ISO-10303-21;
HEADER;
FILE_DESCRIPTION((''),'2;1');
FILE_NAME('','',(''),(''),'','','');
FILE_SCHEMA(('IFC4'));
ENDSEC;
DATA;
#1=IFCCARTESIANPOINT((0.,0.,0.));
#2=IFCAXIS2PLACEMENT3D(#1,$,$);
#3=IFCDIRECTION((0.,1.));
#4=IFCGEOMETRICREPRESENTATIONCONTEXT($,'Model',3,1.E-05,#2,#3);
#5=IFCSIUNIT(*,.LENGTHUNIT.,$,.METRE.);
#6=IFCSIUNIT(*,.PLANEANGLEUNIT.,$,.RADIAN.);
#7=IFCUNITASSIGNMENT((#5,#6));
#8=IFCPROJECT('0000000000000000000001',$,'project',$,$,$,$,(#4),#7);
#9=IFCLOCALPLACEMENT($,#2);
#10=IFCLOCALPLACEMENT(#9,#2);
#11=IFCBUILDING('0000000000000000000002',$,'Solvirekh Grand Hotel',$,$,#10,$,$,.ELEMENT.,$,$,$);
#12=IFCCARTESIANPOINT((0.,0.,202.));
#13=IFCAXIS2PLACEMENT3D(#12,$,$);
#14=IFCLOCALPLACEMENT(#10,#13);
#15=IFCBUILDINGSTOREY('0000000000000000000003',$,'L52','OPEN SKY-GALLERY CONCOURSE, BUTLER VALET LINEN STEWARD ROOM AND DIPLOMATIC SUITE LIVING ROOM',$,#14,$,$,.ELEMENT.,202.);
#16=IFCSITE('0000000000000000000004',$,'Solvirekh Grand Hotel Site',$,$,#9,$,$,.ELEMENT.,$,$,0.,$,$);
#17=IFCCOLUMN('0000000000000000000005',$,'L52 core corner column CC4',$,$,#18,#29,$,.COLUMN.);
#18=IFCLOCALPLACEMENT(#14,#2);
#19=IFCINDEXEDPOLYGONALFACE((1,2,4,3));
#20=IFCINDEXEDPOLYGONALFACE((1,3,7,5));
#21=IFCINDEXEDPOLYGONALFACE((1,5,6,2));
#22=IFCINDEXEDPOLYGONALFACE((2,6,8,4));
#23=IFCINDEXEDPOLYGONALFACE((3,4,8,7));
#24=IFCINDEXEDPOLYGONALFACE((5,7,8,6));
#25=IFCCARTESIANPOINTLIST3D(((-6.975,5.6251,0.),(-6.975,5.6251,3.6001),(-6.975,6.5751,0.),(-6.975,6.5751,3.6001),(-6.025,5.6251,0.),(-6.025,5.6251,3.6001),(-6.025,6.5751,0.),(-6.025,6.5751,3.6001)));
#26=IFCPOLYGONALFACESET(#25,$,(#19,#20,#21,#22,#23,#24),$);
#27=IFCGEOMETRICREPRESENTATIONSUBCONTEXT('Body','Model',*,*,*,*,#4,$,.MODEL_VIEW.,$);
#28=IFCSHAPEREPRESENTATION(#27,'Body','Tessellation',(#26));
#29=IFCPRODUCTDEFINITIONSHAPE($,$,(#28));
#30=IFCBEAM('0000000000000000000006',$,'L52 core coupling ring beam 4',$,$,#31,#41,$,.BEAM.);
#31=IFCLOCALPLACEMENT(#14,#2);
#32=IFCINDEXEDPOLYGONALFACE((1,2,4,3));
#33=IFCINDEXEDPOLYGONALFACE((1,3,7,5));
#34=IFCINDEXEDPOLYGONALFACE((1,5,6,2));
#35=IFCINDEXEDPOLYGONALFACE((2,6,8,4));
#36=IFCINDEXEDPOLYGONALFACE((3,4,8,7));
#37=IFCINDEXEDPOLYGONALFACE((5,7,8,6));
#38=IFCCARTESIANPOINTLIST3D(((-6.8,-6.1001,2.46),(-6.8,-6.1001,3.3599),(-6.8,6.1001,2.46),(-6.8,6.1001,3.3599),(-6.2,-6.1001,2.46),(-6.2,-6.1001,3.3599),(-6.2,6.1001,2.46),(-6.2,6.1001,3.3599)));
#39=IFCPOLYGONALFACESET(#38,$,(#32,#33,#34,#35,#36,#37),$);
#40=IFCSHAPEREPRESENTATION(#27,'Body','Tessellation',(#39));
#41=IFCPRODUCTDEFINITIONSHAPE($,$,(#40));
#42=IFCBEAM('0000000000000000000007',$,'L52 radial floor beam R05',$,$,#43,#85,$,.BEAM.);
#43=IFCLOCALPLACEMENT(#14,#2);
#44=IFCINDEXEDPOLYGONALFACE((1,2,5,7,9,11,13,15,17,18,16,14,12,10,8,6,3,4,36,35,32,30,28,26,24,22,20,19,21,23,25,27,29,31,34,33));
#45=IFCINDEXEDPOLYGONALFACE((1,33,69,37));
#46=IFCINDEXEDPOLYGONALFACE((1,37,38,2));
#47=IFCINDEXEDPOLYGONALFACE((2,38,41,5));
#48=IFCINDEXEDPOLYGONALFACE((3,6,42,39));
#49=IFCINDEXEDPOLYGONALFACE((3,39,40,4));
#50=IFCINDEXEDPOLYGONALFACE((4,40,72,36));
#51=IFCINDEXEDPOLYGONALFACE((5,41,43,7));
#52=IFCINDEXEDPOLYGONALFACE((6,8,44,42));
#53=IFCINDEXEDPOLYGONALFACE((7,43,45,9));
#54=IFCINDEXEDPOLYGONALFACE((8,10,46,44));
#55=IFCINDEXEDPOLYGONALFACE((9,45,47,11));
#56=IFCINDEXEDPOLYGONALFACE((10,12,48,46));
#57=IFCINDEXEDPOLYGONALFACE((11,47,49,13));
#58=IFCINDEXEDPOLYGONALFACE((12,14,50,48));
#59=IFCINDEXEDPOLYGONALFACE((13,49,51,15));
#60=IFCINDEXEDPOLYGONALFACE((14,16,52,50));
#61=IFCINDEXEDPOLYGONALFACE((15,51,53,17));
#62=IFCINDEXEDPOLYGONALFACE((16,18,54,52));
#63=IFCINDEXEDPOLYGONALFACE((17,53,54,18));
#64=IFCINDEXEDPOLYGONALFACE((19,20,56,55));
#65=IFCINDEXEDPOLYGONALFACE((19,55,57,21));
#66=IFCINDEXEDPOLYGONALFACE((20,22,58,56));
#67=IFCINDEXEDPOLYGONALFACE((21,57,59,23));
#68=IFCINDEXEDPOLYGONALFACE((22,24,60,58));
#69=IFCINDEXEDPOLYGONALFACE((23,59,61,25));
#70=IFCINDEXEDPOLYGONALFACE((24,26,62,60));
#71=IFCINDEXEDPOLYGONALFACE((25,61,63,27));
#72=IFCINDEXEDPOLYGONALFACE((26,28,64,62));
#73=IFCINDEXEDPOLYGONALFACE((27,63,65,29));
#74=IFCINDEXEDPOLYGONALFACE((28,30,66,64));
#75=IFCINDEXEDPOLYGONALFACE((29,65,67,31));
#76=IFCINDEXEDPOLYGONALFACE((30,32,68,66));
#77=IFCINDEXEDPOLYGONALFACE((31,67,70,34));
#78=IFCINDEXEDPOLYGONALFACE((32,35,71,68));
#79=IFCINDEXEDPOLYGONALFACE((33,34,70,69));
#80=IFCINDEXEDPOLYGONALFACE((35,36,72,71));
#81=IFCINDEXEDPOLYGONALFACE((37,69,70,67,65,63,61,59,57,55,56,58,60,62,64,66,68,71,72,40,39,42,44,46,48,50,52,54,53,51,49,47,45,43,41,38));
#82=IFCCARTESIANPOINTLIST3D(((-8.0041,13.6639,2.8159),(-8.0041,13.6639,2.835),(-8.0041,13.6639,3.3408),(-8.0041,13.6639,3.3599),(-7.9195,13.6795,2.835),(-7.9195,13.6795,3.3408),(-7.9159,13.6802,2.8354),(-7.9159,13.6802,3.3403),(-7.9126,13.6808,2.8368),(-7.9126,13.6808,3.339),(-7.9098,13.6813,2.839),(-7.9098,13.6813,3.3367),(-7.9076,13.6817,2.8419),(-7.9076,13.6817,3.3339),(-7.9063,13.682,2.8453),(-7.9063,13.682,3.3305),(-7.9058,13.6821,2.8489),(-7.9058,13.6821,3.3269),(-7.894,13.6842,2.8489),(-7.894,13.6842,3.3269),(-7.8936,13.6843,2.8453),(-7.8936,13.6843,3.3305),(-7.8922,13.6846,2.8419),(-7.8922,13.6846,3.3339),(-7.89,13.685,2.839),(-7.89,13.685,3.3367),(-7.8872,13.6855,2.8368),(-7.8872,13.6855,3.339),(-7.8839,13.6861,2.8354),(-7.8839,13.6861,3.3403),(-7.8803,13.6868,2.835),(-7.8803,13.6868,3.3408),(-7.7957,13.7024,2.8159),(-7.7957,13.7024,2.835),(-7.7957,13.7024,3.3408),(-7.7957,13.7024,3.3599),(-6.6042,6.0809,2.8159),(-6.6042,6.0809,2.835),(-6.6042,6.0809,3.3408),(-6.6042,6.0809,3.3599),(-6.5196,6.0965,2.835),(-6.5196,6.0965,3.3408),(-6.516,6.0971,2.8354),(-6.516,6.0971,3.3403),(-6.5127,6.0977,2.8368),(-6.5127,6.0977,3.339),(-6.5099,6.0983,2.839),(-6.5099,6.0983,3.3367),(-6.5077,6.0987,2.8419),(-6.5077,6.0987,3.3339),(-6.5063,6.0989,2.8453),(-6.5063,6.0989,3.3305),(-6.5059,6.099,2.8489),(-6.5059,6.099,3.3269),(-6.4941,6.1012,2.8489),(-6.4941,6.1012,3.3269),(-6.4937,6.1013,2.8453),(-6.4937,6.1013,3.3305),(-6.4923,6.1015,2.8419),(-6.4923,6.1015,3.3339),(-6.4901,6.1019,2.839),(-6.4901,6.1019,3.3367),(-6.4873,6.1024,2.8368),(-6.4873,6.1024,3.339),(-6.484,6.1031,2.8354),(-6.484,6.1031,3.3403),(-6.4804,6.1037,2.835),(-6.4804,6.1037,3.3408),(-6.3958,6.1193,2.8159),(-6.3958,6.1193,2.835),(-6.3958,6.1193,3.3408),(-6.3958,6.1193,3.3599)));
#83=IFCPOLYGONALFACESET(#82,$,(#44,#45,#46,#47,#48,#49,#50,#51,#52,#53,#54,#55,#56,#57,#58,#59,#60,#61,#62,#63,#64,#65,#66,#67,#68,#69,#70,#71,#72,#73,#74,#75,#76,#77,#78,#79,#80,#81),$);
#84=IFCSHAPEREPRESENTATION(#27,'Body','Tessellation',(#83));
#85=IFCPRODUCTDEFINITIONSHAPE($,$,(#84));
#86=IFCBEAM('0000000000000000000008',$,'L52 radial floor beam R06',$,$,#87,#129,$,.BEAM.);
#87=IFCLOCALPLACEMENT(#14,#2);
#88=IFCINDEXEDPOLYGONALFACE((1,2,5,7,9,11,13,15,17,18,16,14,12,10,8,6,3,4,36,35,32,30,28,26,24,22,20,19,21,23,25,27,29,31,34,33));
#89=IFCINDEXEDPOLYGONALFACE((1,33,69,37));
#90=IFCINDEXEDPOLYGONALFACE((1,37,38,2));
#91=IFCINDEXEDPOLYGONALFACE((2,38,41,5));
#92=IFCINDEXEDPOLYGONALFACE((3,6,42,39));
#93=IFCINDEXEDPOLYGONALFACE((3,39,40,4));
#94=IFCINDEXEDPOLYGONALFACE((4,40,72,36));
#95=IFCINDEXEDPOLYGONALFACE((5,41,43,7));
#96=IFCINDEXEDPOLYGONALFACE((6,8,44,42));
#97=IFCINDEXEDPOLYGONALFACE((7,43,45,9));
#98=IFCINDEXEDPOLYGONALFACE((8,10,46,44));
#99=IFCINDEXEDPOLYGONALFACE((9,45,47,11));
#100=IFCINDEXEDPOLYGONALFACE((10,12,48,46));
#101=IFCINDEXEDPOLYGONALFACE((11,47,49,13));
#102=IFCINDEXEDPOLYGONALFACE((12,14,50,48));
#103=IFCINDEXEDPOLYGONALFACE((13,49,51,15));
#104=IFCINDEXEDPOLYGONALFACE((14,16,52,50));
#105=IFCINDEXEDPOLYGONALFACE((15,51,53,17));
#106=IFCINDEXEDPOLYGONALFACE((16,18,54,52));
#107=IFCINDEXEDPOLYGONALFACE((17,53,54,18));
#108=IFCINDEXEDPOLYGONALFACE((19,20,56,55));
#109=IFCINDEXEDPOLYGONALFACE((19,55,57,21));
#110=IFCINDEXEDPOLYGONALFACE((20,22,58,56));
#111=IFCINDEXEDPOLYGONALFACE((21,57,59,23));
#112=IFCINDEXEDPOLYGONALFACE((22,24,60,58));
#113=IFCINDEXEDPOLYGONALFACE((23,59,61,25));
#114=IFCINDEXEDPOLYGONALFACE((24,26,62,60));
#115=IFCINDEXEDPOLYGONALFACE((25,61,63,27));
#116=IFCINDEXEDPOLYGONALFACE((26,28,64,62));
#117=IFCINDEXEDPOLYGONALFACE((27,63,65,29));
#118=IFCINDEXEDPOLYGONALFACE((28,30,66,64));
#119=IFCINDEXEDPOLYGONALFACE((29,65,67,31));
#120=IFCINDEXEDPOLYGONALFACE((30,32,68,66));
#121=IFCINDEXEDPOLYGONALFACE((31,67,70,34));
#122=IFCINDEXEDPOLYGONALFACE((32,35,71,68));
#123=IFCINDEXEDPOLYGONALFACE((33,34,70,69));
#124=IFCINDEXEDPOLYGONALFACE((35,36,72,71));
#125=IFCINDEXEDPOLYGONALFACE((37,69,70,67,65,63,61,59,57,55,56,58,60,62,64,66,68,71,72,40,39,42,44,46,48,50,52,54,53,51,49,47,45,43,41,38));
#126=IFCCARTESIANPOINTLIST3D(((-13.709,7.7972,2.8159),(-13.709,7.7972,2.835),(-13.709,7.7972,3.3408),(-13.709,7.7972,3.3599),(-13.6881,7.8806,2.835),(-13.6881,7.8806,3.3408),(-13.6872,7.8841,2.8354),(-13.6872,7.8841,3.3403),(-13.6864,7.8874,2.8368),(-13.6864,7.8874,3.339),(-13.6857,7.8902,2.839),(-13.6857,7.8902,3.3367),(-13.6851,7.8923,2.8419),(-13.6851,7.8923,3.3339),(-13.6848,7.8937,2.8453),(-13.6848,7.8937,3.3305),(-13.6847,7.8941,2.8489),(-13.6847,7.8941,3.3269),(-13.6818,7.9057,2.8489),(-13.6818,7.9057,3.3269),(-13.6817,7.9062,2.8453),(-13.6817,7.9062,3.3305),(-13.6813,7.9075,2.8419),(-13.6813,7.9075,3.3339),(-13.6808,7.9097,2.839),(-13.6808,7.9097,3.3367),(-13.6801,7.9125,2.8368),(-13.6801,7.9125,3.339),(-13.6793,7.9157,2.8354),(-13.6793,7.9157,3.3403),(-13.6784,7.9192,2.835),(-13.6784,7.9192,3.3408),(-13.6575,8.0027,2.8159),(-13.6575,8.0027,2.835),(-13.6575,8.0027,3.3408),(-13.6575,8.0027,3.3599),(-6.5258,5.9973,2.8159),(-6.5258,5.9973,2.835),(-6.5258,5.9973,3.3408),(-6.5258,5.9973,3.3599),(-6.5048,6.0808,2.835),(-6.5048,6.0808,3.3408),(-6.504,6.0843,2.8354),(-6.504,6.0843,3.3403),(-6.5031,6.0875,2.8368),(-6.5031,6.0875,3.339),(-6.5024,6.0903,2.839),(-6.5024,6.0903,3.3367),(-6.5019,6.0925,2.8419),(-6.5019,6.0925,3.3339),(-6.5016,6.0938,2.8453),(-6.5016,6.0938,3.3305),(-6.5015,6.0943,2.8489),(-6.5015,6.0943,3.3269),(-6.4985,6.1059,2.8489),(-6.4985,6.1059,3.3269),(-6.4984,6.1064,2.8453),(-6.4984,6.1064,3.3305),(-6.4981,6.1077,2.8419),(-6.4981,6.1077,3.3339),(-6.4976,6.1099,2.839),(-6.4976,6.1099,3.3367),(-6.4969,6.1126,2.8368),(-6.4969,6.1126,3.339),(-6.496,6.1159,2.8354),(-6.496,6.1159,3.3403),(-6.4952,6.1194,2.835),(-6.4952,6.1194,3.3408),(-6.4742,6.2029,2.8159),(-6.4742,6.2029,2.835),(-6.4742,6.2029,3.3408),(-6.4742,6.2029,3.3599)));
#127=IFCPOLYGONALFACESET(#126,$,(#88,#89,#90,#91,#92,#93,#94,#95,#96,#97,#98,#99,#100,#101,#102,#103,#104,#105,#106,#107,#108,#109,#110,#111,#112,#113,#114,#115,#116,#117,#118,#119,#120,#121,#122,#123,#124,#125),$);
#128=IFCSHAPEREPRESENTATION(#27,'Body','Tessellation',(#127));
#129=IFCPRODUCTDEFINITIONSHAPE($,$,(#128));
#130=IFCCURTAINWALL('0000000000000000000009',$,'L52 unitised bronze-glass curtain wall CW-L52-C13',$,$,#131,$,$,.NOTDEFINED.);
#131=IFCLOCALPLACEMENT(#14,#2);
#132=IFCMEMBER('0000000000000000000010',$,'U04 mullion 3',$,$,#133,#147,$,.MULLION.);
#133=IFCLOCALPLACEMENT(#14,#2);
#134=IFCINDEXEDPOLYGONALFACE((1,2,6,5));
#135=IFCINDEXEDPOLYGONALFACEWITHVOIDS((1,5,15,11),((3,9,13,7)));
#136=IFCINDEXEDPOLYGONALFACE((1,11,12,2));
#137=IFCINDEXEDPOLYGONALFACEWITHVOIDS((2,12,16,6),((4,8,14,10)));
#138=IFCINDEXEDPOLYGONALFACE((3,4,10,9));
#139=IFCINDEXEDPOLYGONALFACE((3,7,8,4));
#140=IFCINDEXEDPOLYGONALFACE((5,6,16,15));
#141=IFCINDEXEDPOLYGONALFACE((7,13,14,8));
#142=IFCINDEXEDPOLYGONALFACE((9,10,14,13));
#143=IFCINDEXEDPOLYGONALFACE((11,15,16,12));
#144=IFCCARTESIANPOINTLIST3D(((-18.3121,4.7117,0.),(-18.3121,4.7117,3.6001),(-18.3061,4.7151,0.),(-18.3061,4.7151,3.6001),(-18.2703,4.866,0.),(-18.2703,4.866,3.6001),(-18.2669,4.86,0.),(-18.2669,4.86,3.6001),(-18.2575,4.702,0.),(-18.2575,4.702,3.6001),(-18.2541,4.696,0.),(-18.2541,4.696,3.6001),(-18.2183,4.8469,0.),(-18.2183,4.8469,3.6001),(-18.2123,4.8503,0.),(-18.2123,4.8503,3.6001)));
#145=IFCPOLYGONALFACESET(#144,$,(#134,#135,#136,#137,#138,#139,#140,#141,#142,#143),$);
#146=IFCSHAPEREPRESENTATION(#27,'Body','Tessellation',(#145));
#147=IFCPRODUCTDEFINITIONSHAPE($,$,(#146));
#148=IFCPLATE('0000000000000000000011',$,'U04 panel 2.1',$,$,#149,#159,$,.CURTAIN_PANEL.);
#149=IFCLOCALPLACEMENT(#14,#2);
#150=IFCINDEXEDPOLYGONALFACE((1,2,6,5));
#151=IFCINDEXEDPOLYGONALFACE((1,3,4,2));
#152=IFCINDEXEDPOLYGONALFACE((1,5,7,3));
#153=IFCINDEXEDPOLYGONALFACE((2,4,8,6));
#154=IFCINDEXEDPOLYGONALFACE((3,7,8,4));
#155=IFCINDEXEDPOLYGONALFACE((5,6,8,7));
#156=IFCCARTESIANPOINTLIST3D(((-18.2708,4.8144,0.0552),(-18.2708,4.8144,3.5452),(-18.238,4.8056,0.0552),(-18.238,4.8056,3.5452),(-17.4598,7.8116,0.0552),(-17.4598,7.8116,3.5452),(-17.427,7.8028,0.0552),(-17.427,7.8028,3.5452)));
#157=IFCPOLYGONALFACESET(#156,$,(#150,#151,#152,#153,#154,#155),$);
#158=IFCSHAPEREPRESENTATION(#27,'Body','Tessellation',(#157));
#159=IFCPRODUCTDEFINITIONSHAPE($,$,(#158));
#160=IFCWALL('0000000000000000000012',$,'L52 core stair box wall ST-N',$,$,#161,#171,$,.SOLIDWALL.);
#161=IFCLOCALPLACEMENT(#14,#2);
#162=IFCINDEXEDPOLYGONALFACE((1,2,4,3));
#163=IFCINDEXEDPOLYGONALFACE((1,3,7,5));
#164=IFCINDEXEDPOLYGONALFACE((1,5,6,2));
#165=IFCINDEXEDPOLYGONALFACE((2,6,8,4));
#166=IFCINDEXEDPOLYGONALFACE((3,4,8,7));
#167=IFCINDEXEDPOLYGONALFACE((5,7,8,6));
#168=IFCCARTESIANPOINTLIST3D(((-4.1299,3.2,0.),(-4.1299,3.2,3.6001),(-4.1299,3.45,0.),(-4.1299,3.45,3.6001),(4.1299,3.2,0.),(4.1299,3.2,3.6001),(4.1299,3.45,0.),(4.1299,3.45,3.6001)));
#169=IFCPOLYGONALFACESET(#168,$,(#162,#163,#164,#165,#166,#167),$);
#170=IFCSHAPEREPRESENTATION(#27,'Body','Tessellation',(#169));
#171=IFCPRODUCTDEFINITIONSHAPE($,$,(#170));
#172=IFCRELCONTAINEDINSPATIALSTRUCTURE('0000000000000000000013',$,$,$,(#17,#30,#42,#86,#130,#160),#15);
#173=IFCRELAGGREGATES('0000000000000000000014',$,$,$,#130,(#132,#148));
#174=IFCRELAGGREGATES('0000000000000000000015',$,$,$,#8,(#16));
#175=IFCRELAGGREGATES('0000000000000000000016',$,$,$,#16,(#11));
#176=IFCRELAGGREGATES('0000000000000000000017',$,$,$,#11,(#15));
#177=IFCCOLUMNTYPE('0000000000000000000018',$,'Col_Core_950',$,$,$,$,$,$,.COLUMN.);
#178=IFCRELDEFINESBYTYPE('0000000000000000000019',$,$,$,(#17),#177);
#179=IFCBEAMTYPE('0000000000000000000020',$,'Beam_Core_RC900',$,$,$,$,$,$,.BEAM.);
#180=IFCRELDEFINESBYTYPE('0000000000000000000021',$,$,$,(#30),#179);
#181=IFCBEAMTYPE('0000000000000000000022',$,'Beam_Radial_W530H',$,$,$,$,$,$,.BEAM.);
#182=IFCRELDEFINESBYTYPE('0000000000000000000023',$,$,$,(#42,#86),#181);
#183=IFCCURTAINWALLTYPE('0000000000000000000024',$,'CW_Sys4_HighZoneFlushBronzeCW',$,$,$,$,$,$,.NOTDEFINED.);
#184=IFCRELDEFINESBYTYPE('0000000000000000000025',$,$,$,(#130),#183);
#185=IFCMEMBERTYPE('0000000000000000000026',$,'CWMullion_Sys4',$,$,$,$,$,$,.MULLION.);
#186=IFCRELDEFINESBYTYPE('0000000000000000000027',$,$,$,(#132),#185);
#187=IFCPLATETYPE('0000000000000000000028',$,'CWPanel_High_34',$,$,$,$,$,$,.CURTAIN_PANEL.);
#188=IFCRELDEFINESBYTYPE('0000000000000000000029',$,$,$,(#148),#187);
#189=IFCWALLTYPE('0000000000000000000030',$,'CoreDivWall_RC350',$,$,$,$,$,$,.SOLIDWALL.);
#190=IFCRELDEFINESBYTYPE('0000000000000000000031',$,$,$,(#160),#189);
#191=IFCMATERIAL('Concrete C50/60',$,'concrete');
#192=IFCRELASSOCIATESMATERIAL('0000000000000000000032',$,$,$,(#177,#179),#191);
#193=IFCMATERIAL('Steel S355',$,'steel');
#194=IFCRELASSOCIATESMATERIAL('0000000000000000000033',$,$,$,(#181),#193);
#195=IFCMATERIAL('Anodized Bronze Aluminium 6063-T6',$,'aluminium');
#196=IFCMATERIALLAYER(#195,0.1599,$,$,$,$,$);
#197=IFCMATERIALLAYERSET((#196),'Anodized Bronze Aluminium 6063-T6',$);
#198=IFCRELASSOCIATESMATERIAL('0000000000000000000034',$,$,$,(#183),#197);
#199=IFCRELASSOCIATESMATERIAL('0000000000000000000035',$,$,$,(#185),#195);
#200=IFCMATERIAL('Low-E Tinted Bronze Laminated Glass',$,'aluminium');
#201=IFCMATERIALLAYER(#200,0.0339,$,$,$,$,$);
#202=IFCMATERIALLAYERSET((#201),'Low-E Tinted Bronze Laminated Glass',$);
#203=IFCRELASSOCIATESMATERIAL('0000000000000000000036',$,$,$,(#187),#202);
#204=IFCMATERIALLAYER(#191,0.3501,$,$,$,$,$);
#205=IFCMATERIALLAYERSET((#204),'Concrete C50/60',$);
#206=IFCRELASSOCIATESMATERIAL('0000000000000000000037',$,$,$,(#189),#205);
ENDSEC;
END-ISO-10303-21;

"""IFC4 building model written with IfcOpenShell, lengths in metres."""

from ifc_helpers import new_model, si_unit, direction, frame, frame_2d, origin, origin_2d, place, context, subcontext, project, spatial, rectangle, hollow_rectangle, i_section, extrude, source, transform, mapped, material, layer, layer_set, material_profile, profile_set, type_object, element, aggregate, save


model = new_model("IFC4")

# Units and contexts
model_context = context("Model", 3, precision=1e-05, world=origin(), true_north=direction((0.0, 1.0)))
body_context = subcontext(model_context, "Body", "Model", "MODEL_VIEW")
ifc_project = project(units=[si_unit("LENGTHUNIT", "METRE"), si_unit("PLANEANGLEUNIT", "RADIAN")], contexts=[model_context])

# Site, building, storey
site_placement = place(None, origin())
site = spatial("IfcSite", under=ifc_project, at=site_placement, Name="Solvirekh Grand Hotel Site", CompositionType="ELEMENT", RefElevation=0.0)
building_placement = place(site_placement, origin())
building = spatial("IfcBuilding", under=site, at=building_placement, Name="Solvirekh Grand Hotel", CompositionType="ELEMENT")
storey_placement = place(building_placement, frame((0.0, 0.0, 202.0)))
storey = spatial("IfcBuildingStorey", under=building, at=storey_placement, Name="L52", Description="OPEN SKY-GALLERY CONCOURSE, BUTLER VALET LINEN STEWARD ROOM AND DIPLOMATIC SUITE LIVING ROOM", CompositionType="ELEMENT", Elevation=202.0)

# Column
ifc_material_1 = material(Name="Concrete C50/60", Category="concrete")
ifc_material_profile_1 = material_profile(ifc_material_1, rectangle(XDim=0.95, YDim=0.95, at=origin_2d()), Name="RC 950X950")
ifc_profile_set_1 = profile_set([ifc_material_profile_1], Name="Concrete C50/60")
column_type = type_object("IfcColumnType", Name="Col_Core_950", PredefinedType="COLUMN", material=ifc_profile_set_1)
column_placement = place(storey_placement, frame((-6.5, 6.1001, 0.0), z_axis=(0.0, 0.0, 1.0), x_axis=(1.0, 0.0, 0.0)))
element("IfcColumn", 1, at=column_placement, inside=storey, type_object=column_type, Name="L52 core corner column CC4", PredefinedType="COLUMN", context=body_context, shape_type="SweptSolid", body=[
    extrude(rectangle(XDim=0.95, YDim=0.95, at=origin_2d()), origin(), (0.0, 0.0, 1.0), 3.6001),
])

# Beams
ifc_material_profile_2 = material_profile(ifc_material_1, rectangle(XDim=0.6001, YDim=0.8999, at=origin_2d()), Name="RC BEAM 600X900")
ifc_profile_set_2 = profile_set([ifc_material_profile_2], Name="Concrete C50/60")
beam_type_1 = type_object("IfcBeamType", Name="Beam_Core_RC900", PredefinedType="BEAM", material=ifc_profile_set_2)
beam_1_placement = place(storey_placement, frame((-6.5, 6.1001, 2.9099), z_axis=(0.0, -1.0, 0.0), x_axis=(1.0, 0.0, 0.0)))
element("IfcBeam", 2, at=beam_1_placement, inside=storey, type_object=beam_type_1, Name="L52 core coupling ring beam 4", PredefinedType="BEAM", context=body_context, shape_type="SweptSolid", body=[
    extrude(rectangle(XDim=0.6001, YDim=0.8999, at=origin_2d()), origin(), (0.0, 0.0, 1.0), 12.2002),
])
ifc_material_2 = material(Name="Steel S355", Category="steel")
ifc_material_profile_3 = material_profile(ifc_material_2, i_section(OverallWidth=0.2119, OverallDepth=0.5439, WebThickness=0.012, FlangeThickness=0.019, FilletRadius=0.0139, at=origin_2d()), Name="W530X123")
ifc_profile_set_3 = profile_set([ifc_material_profile_3], Name="Steel S355")
beam_type_2 = type_object("IfcBeamType", Name="Beam_Radial_W530H", PredefinedType="BEAM", material=ifc_profile_set_3)
beam_2_placement = place(storey_placement, frame((-6.5, 6.1001, 3.0879), z_axis=(-0.181543, 0.983383, 0.0), x_axis=(-0.983383, -0.181543, 0.0)))
element("IfcBeam", 3, at=beam_2_placement, inside=storey, type_object=beam_type_2, Name="L52 radial floor beam R05", PredefinedType="BEAM", context=body_context, shape_type="SweptSolid", body=[
    extrude(i_section(OverallWidth=0.2119, OverallDepth=0.5439, WebThickness=0.012, FlangeThickness=0.019, FilletRadius=0.0139, at=origin_2d()), origin(), (0.0, 0.0, 1.0), 7.7112),
])
beam_3_placement = place(storey_placement, frame((-6.5, 6.1001, 3.0879), z_axis=(-0.970014, 0.243048, 0.0), x_axis=(-0.243048, -0.970014, 0.0)))
element("IfcBeam", 4, at=beam_3_placement, inside=storey, type_object=beam_type_2, Name="L52 radial floor beam R06", PredefinedType="BEAM", context=body_context, shape_type="SweptSolid", body=[
    extrude(i_section(OverallWidth=0.2119, OverallDepth=0.5439, WebThickness=0.012, FlangeThickness=0.019, FilletRadius=0.0139, at=origin_2d()), origin(), (0.0, 0.0, 1.0), 7.4053),
])

# Curtain wall, member, plate
ifc_material_3 = material(Name="Anodized Bronze Aluminium 6063-T6", Category="aluminium")
ifc_layer_1 = layer(ifc_material_3, 0.1599)
ifc_layer_set_1 = layer_set([ifc_layer_1], Name="Anodized Bronze Aluminium 6063-T6")
curtain_wall_type = type_object("IfcCurtainWallType", Name="CW_Sys4_HighZoneFlushBronzeCW", PredefinedType="NOTDEFINED", material=ifc_layer_set_1)
curtain_wall_placement = place(storey_placement, origin())
curtain_wall = element("IfcCurtainWall", 5, at=curtain_wall_placement, inside=storey, type_object=curtain_wall_type, Name="L52 unitised bronze-glass curtain wall CW-L52-C13", PredefinedType="NOTDEFINED")
ifc_material_profile_4 = material_profile(ifc_material_3, hollow_rectangle(XDim=0.0601, YDim=0.1599, WallThickness=0.0049, at=origin_2d()), Name="ALU RHS 160X60X5")
ifc_profile_set_4 = profile_set([ifc_material_profile_4], Name="Anodized Bronze Aluminium 6063-T6")
member_type = type_object("IfcMemberType", Name="CWMullion_Sys4", PredefinedType="MULLION", material=ifc_profile_set_4)
shared_shape_1 = source(origin(), body_context, "Body", "SweptSolid", [
    extrude(hollow_rectangle(XDim=0.0601, YDim=0.1599, WallThickness=0.0049, at=origin_2d()), origin(), (0.0, 0.0, 1.0), 3.6001),
])
member_placement = place(storey_placement, frame((-18.2622, 4.781, 0.0), z_axis=(0.0, 0.0, 1.0), x_axis=(0.965286, -0.261197, 0.0)))
member = element("IfcMember", 6, at=member_placement, type_object=member_type, Name="U04 mullion 3", PredefinedType="MULLION", context=body_context, shape_type="MappedRepresentation", body=[
    mapped(shared_shape_1, transform((0.0, 0.0, 0.0), x_axis=(1.0, 0.0, 0.0), y_axis=(0.0, 1.0, 0.0), z_axis=(0.0, 0.0, 1.0), scale=1.0)),
])
ifc_material_4 = material(Name="Low-E Tinted Bronze Laminated Glass", Category="aluminium")
ifc_layer_2 = layer(ifc_material_4, 0.0339)
ifc_layer_set_2 = layer_set([ifc_layer_2], Name="Low-E Tinted Bronze Laminated Glass")
plate_type = type_object("IfcPlateType", Name="CWPanel_High_34", PredefinedType="CURTAIN_PANEL", material=ifc_layer_set_2)
shared_shape_2 = source(origin(), body_context, "Body", "SweptSolid", [
    extrude(rectangle(XDim=3.105, YDim=0.0339, at=origin_2d()), origin(), (0.0, 0.0, 1.0), 3.49),
])
plate_placement = place(storey_placement, frame((-17.8489, 6.3086, 0.0552), z_axis=(0.0, 0.0, 1.0), x_axis=(-0.261197, -0.965286, 0.0)))
plate = element("IfcPlate", 7, at=plate_placement, type_object=plate_type, Name="U04 panel 2.1", PredefinedType="CURTAIN_PANEL", context=body_context, shape_type="MappedRepresentation", body=[
    mapped(shared_shape_2, transform((0.0, 0.0, 0.0), x_axis=(1.0, 0.0, 0.0), y_axis=(0.0, 1.0, 0.0), z_axis=(0.0, 0.0, 1.0), scale=1.0)),
])
aggregate(curtain_wall, [member, plate])

# Wall
ifc_layer_3 = layer(ifc_material_1, 0.3501)
ifc_layer_set_3 = layer_set([ifc_layer_3], Name="Concrete C50/60")
wall_type_1 = type_object("IfcWallType", Name="CoreDivWall_RC350", PredefinedType="SOLIDWALL", material=ifc_layer_set_3)
wall_1_placement = place(storey_placement, frame((-4.1299, 3.325, 0.0), z_axis=(0.0, 0.0, 1.0), x_axis=(1.0, 0.0, 0.0)))
element("IfcWall", 8, at=wall_1_placement, inside=storey, type_object=wall_type_1, Name="L52 core stair box wall ST-N", PredefinedType="SOLIDWALL", context=body_context, shape_type="SweptSolid", body=[
    extrude(rectangle(XDim=8.2598, YDim=0.25, at=frame_2d((4.1299, 0.0))), origin(), (0.0, 0.0, 1.0), 3.6001),
])

save(model, "model.ifc")
